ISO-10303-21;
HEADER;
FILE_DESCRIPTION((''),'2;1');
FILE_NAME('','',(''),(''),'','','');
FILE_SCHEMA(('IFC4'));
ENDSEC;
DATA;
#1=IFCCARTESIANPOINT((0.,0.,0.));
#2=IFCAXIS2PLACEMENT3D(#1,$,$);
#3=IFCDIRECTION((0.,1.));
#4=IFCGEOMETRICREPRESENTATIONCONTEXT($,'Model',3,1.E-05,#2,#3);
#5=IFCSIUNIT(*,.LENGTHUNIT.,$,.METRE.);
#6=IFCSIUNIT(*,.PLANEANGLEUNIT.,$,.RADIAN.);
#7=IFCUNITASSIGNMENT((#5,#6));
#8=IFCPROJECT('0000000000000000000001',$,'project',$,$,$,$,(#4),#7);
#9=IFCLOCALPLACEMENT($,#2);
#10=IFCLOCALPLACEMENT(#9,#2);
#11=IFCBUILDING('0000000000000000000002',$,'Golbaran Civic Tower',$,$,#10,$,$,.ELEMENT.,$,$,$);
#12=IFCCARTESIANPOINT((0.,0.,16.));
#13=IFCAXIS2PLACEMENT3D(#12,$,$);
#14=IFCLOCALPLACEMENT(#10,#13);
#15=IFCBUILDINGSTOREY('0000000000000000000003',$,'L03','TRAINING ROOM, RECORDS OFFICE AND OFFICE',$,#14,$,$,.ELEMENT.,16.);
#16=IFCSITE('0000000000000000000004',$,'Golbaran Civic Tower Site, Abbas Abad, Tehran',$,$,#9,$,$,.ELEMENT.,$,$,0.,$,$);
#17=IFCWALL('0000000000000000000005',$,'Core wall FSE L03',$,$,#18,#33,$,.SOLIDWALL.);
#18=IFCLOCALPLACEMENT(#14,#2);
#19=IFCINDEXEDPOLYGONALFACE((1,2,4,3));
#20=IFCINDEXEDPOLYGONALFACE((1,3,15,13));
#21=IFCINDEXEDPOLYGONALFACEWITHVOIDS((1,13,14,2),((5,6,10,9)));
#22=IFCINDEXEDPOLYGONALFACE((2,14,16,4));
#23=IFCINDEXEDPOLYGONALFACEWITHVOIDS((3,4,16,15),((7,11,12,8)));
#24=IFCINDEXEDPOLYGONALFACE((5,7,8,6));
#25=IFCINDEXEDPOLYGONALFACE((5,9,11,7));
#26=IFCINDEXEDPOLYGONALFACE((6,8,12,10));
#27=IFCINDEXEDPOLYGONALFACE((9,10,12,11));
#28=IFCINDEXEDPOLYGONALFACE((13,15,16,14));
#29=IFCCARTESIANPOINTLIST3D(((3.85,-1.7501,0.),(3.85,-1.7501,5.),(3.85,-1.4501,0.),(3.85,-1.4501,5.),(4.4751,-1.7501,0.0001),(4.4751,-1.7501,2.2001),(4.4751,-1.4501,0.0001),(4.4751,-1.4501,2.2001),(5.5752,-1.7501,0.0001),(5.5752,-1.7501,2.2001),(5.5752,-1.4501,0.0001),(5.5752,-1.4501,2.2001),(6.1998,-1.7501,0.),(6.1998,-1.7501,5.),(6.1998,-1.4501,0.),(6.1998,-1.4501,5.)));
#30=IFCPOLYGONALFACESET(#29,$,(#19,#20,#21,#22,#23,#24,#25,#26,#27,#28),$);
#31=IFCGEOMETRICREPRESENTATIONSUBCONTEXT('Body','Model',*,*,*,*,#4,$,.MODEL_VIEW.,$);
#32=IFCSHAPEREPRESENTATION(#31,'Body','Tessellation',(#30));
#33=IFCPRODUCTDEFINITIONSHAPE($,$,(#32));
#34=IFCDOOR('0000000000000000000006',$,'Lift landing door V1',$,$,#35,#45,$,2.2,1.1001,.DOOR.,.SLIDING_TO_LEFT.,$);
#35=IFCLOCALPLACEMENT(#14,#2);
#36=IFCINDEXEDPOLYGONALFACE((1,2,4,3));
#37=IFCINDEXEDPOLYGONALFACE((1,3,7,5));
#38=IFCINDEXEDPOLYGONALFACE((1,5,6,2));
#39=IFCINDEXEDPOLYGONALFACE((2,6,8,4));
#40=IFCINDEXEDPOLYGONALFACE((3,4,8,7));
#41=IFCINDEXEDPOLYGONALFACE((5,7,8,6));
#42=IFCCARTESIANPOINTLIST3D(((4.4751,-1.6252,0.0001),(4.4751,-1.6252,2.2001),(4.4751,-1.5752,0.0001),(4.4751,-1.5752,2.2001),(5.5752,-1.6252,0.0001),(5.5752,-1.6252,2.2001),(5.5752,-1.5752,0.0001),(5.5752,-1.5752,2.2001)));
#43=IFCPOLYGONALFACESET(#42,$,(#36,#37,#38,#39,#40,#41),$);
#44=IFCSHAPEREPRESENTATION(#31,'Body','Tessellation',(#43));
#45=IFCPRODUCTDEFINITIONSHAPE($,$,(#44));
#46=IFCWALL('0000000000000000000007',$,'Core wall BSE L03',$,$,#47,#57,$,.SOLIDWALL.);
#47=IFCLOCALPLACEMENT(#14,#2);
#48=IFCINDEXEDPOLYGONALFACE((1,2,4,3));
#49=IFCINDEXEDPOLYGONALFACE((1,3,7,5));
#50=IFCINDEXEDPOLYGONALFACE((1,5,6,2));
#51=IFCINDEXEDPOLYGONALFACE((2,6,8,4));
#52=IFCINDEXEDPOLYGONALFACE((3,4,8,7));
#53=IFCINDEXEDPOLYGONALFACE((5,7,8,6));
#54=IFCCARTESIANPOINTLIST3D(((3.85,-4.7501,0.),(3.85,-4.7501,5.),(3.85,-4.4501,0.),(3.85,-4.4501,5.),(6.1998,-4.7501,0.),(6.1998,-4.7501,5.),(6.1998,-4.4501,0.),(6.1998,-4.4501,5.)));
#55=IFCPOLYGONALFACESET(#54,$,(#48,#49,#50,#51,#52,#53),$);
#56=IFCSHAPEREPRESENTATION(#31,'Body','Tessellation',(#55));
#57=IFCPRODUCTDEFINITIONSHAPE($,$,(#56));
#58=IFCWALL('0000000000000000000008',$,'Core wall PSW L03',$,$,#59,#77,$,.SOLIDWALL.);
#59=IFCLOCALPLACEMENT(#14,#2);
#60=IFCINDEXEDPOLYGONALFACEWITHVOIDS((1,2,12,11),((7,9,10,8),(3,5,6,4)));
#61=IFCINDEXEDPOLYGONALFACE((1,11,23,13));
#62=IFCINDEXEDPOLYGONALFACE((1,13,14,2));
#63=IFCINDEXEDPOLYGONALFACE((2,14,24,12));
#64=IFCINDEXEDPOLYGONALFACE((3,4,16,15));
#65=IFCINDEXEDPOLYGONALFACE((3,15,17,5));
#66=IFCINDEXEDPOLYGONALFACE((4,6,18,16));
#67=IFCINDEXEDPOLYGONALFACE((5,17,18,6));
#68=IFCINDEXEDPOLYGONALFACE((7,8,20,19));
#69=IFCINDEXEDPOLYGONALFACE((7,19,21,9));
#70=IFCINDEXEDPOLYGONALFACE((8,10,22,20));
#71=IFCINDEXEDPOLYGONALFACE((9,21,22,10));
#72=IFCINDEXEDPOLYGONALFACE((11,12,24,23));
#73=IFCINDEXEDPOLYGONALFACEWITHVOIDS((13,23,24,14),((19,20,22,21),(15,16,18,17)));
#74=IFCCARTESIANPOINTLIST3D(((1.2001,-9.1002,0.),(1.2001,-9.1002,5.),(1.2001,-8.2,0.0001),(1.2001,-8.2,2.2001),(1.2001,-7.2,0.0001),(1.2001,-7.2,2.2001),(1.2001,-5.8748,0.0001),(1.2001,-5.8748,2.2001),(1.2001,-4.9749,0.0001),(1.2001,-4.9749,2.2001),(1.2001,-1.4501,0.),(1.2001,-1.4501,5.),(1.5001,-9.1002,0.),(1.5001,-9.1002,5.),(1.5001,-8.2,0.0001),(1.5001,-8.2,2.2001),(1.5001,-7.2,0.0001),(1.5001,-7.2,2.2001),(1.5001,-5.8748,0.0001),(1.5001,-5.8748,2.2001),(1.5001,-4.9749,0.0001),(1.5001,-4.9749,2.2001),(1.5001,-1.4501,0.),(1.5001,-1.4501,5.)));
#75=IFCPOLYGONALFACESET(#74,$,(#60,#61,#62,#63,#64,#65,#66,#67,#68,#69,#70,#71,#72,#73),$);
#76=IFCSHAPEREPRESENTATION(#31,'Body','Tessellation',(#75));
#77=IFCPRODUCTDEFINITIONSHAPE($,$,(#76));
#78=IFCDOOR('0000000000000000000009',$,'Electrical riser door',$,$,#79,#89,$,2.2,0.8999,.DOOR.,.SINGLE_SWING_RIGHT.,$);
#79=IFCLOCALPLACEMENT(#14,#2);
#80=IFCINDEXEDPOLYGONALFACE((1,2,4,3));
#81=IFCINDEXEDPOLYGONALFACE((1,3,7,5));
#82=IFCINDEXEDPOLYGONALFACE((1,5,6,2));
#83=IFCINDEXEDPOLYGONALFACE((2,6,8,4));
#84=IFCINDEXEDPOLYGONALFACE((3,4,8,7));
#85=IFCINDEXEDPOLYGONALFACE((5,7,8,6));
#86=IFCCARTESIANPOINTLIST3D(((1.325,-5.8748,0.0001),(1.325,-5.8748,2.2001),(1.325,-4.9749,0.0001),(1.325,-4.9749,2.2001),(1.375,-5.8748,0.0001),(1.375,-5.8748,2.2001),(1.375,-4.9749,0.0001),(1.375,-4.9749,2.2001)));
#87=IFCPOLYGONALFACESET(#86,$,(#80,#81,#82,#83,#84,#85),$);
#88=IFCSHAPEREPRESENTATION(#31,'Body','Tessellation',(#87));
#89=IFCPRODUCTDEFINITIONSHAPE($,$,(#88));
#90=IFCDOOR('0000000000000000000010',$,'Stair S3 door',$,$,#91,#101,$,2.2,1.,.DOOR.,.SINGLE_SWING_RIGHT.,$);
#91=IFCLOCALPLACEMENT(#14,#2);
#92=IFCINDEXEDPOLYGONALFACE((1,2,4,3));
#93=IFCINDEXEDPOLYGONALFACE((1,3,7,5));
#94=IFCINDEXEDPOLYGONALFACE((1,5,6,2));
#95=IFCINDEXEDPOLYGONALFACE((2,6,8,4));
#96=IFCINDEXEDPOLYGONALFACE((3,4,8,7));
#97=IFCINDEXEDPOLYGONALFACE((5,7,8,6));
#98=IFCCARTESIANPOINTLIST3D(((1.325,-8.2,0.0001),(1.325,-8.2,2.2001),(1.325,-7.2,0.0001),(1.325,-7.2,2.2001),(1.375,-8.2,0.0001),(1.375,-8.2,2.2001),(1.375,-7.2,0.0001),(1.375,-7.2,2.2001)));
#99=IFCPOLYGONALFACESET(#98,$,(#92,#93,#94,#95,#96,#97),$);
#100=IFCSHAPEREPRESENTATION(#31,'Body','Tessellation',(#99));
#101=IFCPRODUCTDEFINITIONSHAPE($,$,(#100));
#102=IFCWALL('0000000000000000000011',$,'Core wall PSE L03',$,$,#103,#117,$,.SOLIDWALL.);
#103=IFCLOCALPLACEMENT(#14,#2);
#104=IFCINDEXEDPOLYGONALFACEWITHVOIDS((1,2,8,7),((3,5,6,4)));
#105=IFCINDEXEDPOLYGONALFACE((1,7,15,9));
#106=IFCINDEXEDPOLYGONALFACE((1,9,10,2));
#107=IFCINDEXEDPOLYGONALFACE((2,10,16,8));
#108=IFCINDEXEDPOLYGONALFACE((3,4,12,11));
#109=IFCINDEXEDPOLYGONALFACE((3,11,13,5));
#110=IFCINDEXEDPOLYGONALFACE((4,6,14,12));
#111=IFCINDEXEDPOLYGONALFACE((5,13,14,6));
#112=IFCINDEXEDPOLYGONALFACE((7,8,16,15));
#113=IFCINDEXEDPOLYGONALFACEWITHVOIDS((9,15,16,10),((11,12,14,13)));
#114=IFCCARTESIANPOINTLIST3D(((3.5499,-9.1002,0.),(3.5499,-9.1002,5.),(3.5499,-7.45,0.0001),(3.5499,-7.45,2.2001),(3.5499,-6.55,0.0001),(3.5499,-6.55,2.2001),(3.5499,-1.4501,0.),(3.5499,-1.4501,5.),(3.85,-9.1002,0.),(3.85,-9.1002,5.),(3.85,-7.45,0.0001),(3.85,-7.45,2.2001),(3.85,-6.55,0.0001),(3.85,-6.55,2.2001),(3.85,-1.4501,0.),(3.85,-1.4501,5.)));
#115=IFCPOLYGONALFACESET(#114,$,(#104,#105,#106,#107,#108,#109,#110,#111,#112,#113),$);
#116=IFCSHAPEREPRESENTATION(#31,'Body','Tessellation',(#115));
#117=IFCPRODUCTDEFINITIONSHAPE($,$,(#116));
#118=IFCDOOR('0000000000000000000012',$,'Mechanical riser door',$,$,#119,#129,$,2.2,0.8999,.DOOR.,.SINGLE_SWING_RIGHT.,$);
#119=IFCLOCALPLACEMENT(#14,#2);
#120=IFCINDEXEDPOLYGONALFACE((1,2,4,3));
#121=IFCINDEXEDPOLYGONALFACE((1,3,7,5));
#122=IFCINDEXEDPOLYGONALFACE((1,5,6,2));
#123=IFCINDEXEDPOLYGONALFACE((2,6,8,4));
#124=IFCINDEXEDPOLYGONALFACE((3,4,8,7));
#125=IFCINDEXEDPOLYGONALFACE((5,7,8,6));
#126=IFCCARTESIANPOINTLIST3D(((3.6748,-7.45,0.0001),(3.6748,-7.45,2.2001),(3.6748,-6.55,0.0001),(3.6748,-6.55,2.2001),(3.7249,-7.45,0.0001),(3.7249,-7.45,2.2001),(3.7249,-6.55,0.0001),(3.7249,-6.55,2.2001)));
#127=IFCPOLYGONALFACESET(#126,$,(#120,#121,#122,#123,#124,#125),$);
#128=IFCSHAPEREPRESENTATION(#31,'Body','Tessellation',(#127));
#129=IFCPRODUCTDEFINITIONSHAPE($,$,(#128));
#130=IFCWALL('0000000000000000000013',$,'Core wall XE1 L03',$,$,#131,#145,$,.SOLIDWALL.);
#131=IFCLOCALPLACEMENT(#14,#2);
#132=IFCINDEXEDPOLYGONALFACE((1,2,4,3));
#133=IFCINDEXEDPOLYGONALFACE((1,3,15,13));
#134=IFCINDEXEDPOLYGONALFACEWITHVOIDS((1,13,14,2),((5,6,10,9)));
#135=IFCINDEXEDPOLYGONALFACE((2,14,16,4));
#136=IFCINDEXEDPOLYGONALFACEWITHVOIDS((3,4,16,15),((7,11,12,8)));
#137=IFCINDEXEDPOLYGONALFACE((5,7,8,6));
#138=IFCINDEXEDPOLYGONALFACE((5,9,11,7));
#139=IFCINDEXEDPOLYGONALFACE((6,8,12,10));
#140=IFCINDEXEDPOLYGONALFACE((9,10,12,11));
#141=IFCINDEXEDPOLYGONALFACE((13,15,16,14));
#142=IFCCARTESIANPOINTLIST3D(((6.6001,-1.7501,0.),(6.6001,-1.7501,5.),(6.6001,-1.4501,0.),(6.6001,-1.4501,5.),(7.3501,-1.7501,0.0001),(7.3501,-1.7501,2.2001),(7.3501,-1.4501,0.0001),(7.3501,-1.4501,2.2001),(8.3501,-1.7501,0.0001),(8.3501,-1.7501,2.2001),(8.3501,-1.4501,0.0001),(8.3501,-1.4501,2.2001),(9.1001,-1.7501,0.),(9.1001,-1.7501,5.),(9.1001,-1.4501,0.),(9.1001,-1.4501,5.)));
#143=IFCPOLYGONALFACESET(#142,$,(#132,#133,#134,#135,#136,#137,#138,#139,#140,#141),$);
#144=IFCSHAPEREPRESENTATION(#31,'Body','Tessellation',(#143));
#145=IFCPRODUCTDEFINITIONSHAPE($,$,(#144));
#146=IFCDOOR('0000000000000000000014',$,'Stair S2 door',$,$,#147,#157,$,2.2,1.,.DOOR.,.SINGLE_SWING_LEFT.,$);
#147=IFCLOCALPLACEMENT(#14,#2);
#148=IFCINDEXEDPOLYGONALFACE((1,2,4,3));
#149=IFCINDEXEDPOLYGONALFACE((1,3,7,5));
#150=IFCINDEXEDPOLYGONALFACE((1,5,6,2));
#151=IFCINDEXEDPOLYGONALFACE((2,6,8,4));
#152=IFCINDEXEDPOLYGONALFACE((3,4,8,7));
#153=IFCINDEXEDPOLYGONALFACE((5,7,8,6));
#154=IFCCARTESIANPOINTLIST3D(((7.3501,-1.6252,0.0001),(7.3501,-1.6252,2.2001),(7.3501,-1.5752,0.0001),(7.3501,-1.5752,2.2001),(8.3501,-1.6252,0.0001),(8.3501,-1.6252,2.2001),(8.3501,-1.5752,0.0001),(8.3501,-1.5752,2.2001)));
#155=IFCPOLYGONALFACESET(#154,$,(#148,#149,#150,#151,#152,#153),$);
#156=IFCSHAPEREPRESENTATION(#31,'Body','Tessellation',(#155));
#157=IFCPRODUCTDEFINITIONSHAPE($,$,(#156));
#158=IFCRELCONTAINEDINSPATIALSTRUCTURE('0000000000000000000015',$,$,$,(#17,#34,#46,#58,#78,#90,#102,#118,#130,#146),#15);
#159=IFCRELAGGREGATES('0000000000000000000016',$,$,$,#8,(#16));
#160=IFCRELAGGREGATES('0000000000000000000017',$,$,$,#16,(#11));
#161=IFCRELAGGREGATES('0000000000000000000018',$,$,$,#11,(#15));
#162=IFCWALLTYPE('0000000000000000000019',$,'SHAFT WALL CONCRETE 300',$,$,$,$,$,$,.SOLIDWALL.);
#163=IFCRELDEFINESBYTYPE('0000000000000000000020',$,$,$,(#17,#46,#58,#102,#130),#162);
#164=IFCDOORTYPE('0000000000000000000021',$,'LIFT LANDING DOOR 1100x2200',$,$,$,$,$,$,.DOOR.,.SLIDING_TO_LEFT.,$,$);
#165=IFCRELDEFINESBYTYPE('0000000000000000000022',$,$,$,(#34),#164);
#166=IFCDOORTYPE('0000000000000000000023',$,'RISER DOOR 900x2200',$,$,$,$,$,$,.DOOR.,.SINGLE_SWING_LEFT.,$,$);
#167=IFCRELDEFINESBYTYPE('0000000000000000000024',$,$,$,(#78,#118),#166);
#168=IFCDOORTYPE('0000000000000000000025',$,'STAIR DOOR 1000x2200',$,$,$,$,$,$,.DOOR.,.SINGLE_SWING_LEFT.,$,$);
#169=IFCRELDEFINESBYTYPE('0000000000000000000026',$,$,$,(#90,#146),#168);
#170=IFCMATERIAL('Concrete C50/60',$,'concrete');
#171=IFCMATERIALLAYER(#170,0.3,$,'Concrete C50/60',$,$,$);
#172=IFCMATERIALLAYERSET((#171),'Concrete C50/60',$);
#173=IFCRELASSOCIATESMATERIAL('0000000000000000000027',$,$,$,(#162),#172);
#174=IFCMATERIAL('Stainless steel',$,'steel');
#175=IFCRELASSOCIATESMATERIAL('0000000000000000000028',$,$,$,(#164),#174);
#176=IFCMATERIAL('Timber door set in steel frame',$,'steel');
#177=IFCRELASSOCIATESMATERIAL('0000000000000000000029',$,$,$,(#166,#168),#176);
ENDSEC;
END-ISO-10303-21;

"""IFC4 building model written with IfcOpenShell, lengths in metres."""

from ifc_helpers import new_model, si_unit, direction, frame, frame_2d, origin, place, context, subcontext, project, spatial, rectangle, extrude, material, layer, layer_set, type_object, element, fill, save


model = new_model("IFC4")

# Units and contexts
model_context = context("Model", 3, precision=1e-05, world=origin(), true_north=direction((0.0, 1.0)))
body_context = subcontext(model_context, "Body", "Model", "MODEL_VIEW")
ifc_project = project(units=[si_unit("LENGTHUNIT", "METRE"), si_unit("PLANEANGLEUNIT", "RADIAN")], contexts=[model_context])

# Site, building, storey
site_placement = place(None, origin())
site = spatial("IfcSite", under=ifc_project, at=site_placement, Name="Golbaran Civic Tower Site, Abbas Abad, Tehran", CompositionType="ELEMENT", RefElevation=0.0)
building_placement = place(site_placement, origin())
building = spatial("IfcBuilding", under=site, at=building_placement, Name="Golbaran Civic Tower", CompositionType="ELEMENT")
storey_placement = place(building_placement, frame((0.0, 0.0, 16.0)))
storey = spatial("IfcBuildingStorey", under=building, at=storey_placement, Name="L03", Description="TRAINING ROOM, RECORDS OFFICE AND OFFICE", CompositionType="ELEMENT", Elevation=16.0)

# Shared definitions
ifc_material_1 = material(Name="Concrete C50/60", Category="concrete")
ifc_material_2 = material(Name="Timber door set in steel frame", Category="steel")

# Wall, opening, door
ifc_layer_1 = layer(ifc_material_1, 0.3, Name="Concrete C50/60")
ifc_layer_set_1 = layer_set([ifc_layer_1], Name="Concrete C50/60")
wall_type_1 = type_object("IfcWallType", Name="SHAFT WALL CONCRETE 300", PredefinedType="SOLIDWALL", material=ifc_layer_set_1)
wall_1_placement = place(storey_placement, frame((3.8501, -1.6001, 0.0), z_axis=(0.0, 0.0, 1.0), x_axis=(1.0, 0.0, 0.0)))
wall_1 = element("IfcWall", 1, at=wall_1_placement, inside=storey, type_object=wall_type_1, Name="Core wall FSE L03", PredefinedType="SOLIDWALL", context=body_context, shape_type="SweptSolid", body=[
    extrude(rectangle(XDim=2.3499, YDim=0.3, at=frame_2d((1.1748, 0.0))), origin(), (0.0, 0.0, 1.0), 5.0),
])
opening_1_placement = place(wall_1_placement, frame((0.625, 0.0, 0.0)))
opening_1 = element("IfcOpeningElement", 2, at=opening_1_placement, cuts=wall_1, PredefinedType="OPENING", context=body_context, shape_type="SweptSolid", body=[
    extrude(rectangle(XDim=1.1001, YDim=2.2, at=frame_2d((0.55, 1.1001))), frame((0.0, 0.1599, 0.0), z_axis=(0.0, -1.0, 0.0), x_axis=(1.0, 0.0, 0.0)), (0.0, 0.0, 1.0), 0.3201),
])
ifc_material_3 = material(Name="Stainless steel", Category="steel")
door_type_1 = type_object("IfcDoorType", Name="LIFT LANDING DOOR 1100x2200", OperationType="SLIDING_TO_LEFT", PredefinedType="DOOR", material=ifc_material_3)
door_1_placement = place(opening_1_placement, origin())
door_1 = element("IfcDoor", 3, at=door_1_placement, inside=storey, type_object=door_type_1, Name="Lift landing door V1", OperationType="SLIDING_TO_LEFT", OverallHeight=2.2, OverallWidth=1.1001, PredefinedType="DOOR", context=body_context, shape_type="SweptSolid", body=[
    extrude(rectangle(XDim=1.1001, YDim=2.2, at=frame_2d((0.55, 1.1001))), frame((0.0, 0.0249, 0.0), z_axis=(0.0, -1.0, 0.0), x_axis=(1.0, 0.0, 0.0)), (0.0, 0.0, 1.0), 0.05),
])
fill(opening_1, door_1)

# Wall
wall_2_placement = place(storey_placement, frame((3.8501, -4.6001, 0.0), z_axis=(0.0, 0.0, 1.0), x_axis=(1.0, 0.0, 0.0)))
element("IfcWall", 4, at=wall_2_placement, inside=storey, type_object=wall_type_1, Name="Core wall BSE L03", PredefinedType="SOLIDWALL", context=body_context, shape_type="SweptSolid", body=[
    extrude(rectangle(XDim=2.3499, YDim=0.3, at=frame_2d((1.1748, 0.0))), origin(), (0.0, 0.0, 1.0), 5.0),
])

# Wall, openings, doors
wall_3_placement = place(storey_placement, frame((1.3501, -1.45, 0.0), z_axis=(0.0, 0.0, 1.0), x_axis=(0.0, -1.0, 0.0)))
wall_3 = element("IfcWall", 5, at=wall_3_placement, inside=storey, type_object=wall_type_1, Name="Core wall PSW L03", PredefinedType="SOLIDWALL", context=body_context, shape_type="SweptSolid", body=[
    extrude(rectangle(XDim=7.6501, YDim=0.3, at=frame_2d((3.8252, 0.0))), origin(), (0.0, 0.0, 1.0), 5.0),
])
opening_2_placement = place(wall_3_placement, frame((5.75, 0.0, 0.0)))
opening_2 = element("IfcOpeningElement", 6, at=opening_2_placement, cuts=wall_3, PredefinedType="OPENING", context=body_context, shape_type="SweptSolid", body=[
    extrude(rectangle(XDim=1.0, YDim=2.2, at=frame_2d((0.5, 1.1001))), frame((0.0, 0.1599, 0.0), z_axis=(0.0, -1.0, 0.0), x_axis=(1.0, 0.0, 0.0)), (0.0, 0.0, 1.0), 0.3201),
])
opening_3_placement = place(wall_3_placement, frame((3.5249, 0.0, 0.0)))
opening_3 = element("IfcOpeningElement", 7, at=opening_3_placement, cuts=wall_3, PredefinedType="OPENING", context=body_context, shape_type="SweptSolid", body=[
    extrude(rectangle(XDim=0.8999, YDim=2.2, at=frame_2d((0.45, 1.1001))), frame((0.0, 0.1599, 0.0), z_axis=(0.0, -1.0, 0.0), x_axis=(1.0, 0.0, 0.0)), (0.0, 0.0, 1.0), 0.3201),
])
door_type_2 = type_object("IfcDoorType", Name="RISER DOOR 900x2200", OperationType="SINGLE_SWING_LEFT", PredefinedType="DOOR", material=ifc_material_2)
door_2_placement = place(opening_3_placement, origin())
door_2 = element("IfcDoor", 8, at=door_2_placement, inside=storey, type_object=door_type_2, Name="Electrical riser door", OperationType="SINGLE_SWING_RIGHT", OverallHeight=2.2, OverallWidth=0.8999, PredefinedType="DOOR", context=body_context, shape_type="SweptSolid", body=[
    extrude(rectangle(XDim=0.8999, YDim=2.2, at=frame_2d((0.45, 1.1001))), frame((0.0, 0.0249, 0.0), z_axis=(0.0, -1.0, 0.0), x_axis=(1.0, 0.0, 0.0)), (0.0, 0.0, 1.0), 0.05),
])
fill(opening_3, door_2)
door_type_3 = type_object("IfcDoorType", Name="STAIR DOOR 1000x2200", OperationType="SINGLE_SWING_LEFT", PredefinedType="DOOR", material=ifc_material_2)
door_3_placement = place(opening_2_placement, origin())
door_3 = element("IfcDoor", 9, at=door_3_placement, inside=storey, type_object=door_type_3, Name="Stair S3 door", OperationType="SINGLE_SWING_RIGHT", OverallHeight=2.2, OverallWidth=1.0, PredefinedType="DOOR", context=body_context, shape_type="SweptSolid", body=[
    extrude(rectangle(XDim=1.0, YDim=2.2, at=frame_2d((0.5, 1.1001))), frame((0.0, 0.0249, 0.0), z_axis=(0.0, -1.0, 0.0), x_axis=(1.0, 0.0, 0.0)), (0.0, 0.0, 1.0), 0.05),
])
fill(opening_2, door_3)

# Walls, openings, doors
wall_4_placement = place(storey_placement, frame((3.7, -1.45, 0.0), z_axis=(0.0, 0.0, 1.0), x_axis=(0.0, -1.0, 0.0)))
wall_4 = element("IfcWall", 10, at=wall_4_placement, inside=storey, type_object=wall_type_1, Name="Core wall PSE L03", PredefinedType="SOLIDWALL", context=body_context, shape_type="SweptSolid", body=[
    extrude(rectangle(XDim=7.6501, YDim=0.3, at=frame_2d((3.8252, 0.0))), origin(), (0.0, 0.0, 1.0), 5.0),
])
opening_4_placement = place(wall_4_placement, frame((5.1001, 0.0, 0.0)))
opening_4 = element("IfcOpeningElement", 11, at=opening_4_placement, cuts=wall_4, PredefinedType="OPENING", context=body_context, shape_type="SweptSolid", body=[
    extrude(rectangle(XDim=0.8999, YDim=2.2, at=frame_2d((0.45, 1.1001))), frame((0.0, 0.1599, 0.0), z_axis=(0.0, -1.0, 0.0), x_axis=(1.0, 0.0, 0.0)), (0.0, 0.0, 1.0), 0.3201),
])
door_4_placement = place(opening_4_placement, origin())
door_4 = element("IfcDoor", 12, at=door_4_placement, inside=storey, type_object=door_type_2, Name="Mechanical riser door", OperationType="SINGLE_SWING_RIGHT", OverallHeight=2.2, OverallWidth=0.8999, PredefinedType="DOOR", context=body_context, shape_type="SweptSolid", body=[
    extrude(rectangle(XDim=0.8999, YDim=2.2, at=frame_2d((0.45, 1.1001))), frame((0.0, 0.0249, 0.0), z_axis=(0.0, -1.0, 0.0), x_axis=(1.0, 0.0, 0.0)), (0.0, 0.0, 1.0), 0.05),
])
fill(opening_4, door_4)
wall_5_placement = place(storey_placement, frame((6.6001, -1.6001, 0.0), z_axis=(0.0, 0.0, 1.0), x_axis=(1.0, 0.0, 0.0)))
wall_5 = element("IfcWall", 13, at=wall_5_placement, inside=storey, type_object=wall_type_1, Name="Core wall XE1 L03", PredefinedType="SOLIDWALL", context=body_context, shape_type="SweptSolid", body=[
    extrude(rectangle(XDim=2.5, YDim=0.3, at=frame_2d((1.25, 0.0))), origin(), (0.0, 0.0, 1.0), 5.0),
])
opening_5_placement = place(wall_5_placement, frame((0.75, 0.0, 0.0)))
opening_5 = element("IfcOpeningElement", 14, at=opening_5_placement, cuts=wall_5, PredefinedType="OPENING", context=body_context, shape_type="SweptSolid", body=[
    extrude(rectangle(XDim=1.0, YDim=2.2, at=frame_2d((0.5, 1.1001))), frame((0.0, 0.1599, 0.0), z_axis=(0.0, -1.0, 0.0), x_axis=(1.0, 0.0, 0.0)), (0.0, 0.0, 1.0), 0.3201),
])
door_5_placement = place(opening_5_placement, origin())
door_5 = element("IfcDoor", 15, at=door_5_placement, inside=storey, type_object=door_type_3, Name="Stair S2 door", OperationType="SINGLE_SWING_LEFT", OverallHeight=2.2, OverallWidth=1.0, PredefinedType="DOOR", context=body_context, shape_type="SweptSolid", body=[
    extrude(rectangle(XDim=1.0, YDim=2.2, at=frame_2d((0.5, 1.1001))), frame((0.0, 0.0249, 0.0), z_axis=(0.0, -1.0, 0.0), x_axis=(1.0, 0.0, 0.0)), (0.0, 0.0, 1.0), 0.05),
])
fill(opening_5, door_5)

save(model, "model.ifc")
